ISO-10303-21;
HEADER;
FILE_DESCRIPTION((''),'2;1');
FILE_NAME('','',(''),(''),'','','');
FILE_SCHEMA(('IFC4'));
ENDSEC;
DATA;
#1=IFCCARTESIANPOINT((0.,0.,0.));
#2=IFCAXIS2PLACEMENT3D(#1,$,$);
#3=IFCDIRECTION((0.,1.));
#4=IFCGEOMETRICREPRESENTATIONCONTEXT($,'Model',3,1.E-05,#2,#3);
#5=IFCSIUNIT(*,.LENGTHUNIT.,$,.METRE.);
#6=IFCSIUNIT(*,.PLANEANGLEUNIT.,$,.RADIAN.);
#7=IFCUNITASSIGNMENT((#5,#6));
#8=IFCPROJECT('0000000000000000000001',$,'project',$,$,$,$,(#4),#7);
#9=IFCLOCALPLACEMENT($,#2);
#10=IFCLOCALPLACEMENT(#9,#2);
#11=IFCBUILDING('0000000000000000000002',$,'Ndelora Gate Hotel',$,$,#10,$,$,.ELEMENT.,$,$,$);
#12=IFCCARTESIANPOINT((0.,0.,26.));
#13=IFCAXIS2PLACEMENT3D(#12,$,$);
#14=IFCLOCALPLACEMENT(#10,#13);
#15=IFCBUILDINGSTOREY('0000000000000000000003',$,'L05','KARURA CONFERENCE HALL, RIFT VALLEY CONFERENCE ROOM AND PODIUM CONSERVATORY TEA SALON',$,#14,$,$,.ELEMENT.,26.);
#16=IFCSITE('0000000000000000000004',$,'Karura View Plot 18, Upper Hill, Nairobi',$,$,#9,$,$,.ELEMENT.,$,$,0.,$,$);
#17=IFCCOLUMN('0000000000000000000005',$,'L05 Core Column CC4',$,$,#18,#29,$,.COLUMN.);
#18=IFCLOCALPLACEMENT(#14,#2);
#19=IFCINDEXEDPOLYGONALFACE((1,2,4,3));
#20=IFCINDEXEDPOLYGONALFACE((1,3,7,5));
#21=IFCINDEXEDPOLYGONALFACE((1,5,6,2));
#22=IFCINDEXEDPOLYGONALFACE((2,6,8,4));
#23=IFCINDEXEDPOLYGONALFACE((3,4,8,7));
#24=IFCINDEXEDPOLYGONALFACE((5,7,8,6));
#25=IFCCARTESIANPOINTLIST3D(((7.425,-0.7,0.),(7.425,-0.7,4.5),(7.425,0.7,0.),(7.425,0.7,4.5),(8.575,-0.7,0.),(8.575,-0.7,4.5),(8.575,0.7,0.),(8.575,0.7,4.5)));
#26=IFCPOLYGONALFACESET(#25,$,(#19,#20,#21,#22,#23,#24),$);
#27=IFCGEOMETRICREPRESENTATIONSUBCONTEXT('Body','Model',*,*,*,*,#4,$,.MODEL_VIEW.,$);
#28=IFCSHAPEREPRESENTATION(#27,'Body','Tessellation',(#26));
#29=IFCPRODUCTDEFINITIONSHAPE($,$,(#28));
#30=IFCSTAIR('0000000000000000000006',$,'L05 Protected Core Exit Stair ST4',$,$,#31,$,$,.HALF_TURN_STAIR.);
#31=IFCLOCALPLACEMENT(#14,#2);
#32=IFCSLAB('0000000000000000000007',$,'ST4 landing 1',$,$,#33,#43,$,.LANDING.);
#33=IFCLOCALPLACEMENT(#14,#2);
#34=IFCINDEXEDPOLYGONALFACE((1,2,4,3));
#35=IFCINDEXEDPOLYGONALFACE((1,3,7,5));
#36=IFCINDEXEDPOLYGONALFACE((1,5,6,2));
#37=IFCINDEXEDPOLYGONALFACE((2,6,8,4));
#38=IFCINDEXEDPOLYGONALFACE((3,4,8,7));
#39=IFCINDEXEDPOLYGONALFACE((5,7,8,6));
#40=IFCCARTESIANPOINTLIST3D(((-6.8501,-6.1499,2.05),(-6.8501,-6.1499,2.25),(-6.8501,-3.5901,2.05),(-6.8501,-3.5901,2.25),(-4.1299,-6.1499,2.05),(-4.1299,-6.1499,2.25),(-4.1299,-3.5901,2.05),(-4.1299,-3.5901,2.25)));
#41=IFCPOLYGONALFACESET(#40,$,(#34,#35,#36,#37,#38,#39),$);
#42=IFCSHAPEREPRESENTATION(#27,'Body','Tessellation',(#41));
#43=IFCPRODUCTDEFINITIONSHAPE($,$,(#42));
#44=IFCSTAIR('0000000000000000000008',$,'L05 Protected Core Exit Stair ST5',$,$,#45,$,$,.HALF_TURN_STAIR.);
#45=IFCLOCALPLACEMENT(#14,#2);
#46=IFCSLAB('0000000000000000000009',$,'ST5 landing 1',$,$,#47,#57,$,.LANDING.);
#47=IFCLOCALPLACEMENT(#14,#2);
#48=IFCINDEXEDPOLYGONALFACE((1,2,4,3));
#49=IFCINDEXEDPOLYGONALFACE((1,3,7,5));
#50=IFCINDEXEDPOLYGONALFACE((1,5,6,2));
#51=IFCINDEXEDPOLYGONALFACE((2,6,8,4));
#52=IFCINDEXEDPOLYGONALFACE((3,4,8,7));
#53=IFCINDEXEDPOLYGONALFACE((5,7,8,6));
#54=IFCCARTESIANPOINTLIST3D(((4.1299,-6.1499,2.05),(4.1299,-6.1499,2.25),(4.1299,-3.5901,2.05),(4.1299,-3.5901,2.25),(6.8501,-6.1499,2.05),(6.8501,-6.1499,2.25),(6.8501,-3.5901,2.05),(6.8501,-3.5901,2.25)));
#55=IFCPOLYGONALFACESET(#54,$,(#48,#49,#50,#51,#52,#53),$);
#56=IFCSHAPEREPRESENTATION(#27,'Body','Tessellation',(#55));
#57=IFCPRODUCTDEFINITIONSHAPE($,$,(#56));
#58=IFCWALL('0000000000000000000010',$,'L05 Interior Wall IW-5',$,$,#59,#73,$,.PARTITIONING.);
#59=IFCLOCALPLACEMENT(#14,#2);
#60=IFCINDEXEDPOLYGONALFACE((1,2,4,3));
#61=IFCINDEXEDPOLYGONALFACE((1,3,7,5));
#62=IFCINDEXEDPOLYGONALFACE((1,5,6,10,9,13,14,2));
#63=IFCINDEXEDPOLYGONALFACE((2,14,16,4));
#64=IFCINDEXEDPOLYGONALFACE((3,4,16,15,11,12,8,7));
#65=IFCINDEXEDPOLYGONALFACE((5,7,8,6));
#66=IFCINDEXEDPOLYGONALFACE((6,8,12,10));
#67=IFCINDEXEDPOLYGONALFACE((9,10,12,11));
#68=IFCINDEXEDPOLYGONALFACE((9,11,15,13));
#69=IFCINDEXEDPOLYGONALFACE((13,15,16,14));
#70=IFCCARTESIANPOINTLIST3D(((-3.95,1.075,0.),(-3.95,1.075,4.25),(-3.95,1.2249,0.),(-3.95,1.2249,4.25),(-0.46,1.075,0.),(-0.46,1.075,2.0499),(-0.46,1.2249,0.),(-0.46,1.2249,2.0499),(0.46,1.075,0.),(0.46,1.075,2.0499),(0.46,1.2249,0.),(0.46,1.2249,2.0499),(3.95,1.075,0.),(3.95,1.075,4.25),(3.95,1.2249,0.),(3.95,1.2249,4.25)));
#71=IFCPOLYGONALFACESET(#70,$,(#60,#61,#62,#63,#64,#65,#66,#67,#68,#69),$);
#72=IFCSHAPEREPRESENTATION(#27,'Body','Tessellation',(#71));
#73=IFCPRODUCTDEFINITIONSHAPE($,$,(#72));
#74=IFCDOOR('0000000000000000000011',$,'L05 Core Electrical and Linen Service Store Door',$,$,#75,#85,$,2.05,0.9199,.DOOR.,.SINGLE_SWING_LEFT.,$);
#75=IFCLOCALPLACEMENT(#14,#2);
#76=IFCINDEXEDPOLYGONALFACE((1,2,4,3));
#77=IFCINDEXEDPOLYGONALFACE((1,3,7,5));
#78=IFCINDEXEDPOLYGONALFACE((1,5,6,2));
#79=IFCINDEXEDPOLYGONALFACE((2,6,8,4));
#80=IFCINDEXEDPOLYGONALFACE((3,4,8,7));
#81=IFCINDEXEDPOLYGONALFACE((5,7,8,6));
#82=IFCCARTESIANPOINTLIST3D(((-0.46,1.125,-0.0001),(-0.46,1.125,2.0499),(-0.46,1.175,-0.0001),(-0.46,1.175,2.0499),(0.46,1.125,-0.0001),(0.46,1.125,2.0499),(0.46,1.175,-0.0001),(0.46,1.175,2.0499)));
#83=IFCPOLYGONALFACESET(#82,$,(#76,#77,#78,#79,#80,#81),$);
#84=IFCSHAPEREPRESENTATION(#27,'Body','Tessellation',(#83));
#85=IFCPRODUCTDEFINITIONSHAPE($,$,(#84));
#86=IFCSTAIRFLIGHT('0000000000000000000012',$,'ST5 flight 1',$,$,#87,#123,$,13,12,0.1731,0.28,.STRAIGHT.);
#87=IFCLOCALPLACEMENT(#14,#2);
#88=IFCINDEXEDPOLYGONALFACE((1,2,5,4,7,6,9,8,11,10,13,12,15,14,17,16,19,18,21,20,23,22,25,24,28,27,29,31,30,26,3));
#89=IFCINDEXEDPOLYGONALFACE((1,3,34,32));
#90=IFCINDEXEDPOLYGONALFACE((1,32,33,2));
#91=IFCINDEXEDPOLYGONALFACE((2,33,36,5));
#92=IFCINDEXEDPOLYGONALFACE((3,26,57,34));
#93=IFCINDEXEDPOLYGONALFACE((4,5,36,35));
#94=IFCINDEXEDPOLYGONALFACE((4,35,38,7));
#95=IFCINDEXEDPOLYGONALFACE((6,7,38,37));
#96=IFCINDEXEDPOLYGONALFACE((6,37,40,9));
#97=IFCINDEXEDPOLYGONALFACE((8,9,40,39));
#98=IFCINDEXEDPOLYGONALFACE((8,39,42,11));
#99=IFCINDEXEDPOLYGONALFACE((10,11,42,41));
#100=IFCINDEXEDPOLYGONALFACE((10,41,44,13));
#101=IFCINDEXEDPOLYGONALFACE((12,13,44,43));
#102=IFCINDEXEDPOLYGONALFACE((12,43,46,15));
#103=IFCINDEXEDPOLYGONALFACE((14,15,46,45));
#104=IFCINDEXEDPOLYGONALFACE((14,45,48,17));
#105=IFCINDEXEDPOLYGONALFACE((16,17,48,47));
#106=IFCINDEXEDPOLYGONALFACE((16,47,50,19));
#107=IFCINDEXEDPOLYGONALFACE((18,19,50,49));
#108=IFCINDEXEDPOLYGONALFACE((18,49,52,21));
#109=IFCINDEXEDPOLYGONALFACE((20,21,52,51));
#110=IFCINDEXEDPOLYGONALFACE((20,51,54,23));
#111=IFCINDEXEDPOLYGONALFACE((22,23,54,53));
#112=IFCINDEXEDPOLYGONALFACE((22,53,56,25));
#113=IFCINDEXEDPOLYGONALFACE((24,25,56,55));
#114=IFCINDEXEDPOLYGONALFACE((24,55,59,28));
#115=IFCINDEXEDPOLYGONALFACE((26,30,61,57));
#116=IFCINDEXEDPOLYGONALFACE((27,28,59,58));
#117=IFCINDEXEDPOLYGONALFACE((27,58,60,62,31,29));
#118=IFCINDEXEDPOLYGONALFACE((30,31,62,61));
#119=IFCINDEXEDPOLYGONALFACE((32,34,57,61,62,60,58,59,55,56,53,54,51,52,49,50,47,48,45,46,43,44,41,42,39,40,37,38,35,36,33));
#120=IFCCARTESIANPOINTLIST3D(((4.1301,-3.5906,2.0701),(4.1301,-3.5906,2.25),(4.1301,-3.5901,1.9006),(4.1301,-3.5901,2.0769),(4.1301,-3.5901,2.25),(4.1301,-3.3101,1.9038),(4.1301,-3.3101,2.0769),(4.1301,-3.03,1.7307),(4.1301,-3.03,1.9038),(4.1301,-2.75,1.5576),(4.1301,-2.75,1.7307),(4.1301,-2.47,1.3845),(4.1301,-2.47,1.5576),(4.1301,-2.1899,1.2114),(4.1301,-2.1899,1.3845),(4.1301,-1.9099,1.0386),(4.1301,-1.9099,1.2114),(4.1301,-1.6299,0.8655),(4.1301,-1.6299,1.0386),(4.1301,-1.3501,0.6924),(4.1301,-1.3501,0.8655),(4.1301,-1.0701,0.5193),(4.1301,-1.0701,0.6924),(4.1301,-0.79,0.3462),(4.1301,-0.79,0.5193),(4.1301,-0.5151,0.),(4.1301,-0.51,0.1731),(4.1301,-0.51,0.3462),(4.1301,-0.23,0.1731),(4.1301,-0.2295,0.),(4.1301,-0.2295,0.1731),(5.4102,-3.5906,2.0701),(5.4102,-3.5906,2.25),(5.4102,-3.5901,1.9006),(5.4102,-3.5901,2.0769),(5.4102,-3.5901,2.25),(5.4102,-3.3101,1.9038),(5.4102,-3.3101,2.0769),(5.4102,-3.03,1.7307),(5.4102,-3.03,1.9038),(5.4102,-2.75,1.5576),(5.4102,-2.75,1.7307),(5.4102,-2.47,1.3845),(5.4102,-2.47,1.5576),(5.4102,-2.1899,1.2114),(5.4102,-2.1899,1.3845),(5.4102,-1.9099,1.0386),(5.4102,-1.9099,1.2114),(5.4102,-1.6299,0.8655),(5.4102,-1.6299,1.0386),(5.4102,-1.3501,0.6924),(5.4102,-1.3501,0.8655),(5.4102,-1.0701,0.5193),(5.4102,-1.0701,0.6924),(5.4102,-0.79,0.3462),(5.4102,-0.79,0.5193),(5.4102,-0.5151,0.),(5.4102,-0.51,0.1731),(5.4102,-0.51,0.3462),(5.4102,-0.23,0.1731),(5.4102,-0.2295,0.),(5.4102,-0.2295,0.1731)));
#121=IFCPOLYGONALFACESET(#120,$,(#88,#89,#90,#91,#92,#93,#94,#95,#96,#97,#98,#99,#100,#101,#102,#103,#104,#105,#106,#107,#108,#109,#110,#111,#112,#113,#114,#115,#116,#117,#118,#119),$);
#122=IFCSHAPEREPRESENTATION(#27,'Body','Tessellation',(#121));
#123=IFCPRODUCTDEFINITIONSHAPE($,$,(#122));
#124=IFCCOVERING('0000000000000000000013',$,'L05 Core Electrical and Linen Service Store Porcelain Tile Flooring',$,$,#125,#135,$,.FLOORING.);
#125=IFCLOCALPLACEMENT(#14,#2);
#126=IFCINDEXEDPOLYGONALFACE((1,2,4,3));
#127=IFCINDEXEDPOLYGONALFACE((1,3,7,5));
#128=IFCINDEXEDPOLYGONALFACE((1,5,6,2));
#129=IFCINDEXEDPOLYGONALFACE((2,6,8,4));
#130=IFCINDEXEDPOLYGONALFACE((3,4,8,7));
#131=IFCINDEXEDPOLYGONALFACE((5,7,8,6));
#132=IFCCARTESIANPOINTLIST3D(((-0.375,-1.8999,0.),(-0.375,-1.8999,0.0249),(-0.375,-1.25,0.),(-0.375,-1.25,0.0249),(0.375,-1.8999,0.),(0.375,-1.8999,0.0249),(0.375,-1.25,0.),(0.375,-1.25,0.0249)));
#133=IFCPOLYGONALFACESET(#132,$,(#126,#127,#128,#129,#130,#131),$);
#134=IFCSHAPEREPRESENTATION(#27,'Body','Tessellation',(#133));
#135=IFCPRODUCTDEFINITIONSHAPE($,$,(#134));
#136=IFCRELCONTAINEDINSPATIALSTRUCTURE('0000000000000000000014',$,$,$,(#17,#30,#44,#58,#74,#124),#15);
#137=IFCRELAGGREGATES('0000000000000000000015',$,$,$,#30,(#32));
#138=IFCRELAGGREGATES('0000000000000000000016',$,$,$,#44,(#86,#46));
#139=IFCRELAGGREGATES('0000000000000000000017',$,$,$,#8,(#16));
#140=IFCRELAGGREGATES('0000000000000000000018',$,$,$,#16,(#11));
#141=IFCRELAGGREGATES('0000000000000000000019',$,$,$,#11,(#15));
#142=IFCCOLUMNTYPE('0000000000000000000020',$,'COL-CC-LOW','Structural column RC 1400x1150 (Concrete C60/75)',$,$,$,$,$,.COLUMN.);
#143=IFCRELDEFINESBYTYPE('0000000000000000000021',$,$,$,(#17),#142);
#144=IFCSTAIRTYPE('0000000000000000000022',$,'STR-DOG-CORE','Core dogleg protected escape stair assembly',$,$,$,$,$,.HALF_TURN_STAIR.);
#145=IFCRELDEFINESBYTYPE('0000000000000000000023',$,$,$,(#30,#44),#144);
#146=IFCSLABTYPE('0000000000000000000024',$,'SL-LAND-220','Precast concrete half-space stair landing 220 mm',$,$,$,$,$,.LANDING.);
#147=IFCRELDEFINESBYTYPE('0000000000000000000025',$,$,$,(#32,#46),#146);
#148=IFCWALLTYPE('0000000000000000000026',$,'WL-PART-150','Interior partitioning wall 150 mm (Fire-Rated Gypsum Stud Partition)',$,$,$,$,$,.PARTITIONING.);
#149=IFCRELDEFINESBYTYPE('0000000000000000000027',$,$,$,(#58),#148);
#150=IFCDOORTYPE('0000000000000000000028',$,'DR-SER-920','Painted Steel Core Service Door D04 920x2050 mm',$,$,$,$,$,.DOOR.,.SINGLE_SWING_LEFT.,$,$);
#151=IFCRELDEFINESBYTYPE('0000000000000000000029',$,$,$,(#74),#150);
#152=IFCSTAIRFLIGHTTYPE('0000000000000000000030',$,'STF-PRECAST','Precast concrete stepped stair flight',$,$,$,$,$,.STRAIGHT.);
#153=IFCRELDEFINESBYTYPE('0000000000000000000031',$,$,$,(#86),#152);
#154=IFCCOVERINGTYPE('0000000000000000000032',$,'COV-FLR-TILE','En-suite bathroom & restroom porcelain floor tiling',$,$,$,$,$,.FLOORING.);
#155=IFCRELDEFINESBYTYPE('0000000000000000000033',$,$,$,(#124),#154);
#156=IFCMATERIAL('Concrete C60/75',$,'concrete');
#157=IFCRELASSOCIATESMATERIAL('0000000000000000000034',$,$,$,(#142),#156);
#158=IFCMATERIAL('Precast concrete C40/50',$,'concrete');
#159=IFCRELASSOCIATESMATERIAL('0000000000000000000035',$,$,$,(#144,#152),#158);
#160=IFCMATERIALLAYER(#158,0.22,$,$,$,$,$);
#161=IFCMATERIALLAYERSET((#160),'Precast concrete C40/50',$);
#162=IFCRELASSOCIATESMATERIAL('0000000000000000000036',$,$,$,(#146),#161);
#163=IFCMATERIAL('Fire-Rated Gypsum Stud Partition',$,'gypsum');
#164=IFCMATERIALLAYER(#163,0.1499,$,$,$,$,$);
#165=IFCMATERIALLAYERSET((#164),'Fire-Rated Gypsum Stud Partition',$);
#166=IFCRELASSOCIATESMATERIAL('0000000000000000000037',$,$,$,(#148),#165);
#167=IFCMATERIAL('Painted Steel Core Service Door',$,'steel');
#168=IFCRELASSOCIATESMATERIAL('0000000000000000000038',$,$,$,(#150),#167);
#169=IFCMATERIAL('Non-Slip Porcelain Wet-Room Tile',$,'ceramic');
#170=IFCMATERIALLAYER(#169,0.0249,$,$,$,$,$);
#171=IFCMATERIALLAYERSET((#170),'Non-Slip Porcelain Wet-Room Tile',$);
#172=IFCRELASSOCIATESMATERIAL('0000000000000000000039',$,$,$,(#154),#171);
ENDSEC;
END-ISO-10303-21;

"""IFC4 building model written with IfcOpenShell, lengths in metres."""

from ifc_helpers import new_model, si_unit, direction, frame, frame_2d, origin, origin_2d, place, context, subcontext, project, spatial, polyline, rectangle, outline, extrude, material, layer, layer_set, material_profile, profile_set, type_object, element, fill, aggregate, save


model = new_model("IFC4")

# Units and contexts
model_context = context("Model", 3, precision=1e-05, world=origin(), true_north=direction((0.0, 1.0)))
body_context = subcontext(model_context, "Body", "Model", "MODEL_VIEW")
ifc_project = project(units=[si_unit("LENGTHUNIT", "METRE"), si_unit("PLANEANGLEUNIT", "RADIAN")], contexts=[model_context])

# Site, building, storey
site_placement = place(None, origin())
site = spatial("IfcSite", under=ifc_project, at=site_placement, Name="Karura View Plot 18, Upper Hill, Nairobi", CompositionType="ELEMENT", RefElevation=0.0)
building_placement = place(site_placement, origin())
building = spatial("IfcBuilding", under=site, at=building_placement, Name="Ndelora Gate Hotel", CompositionType="ELEMENT")
storey_placement = place(building_placement, frame((0.0, 0.0, 26.0)))
storey = spatial("IfcBuildingStorey", under=building, at=storey_placement, Name="L05", Description="KARURA CONFERENCE HALL, RIFT VALLEY CONFERENCE ROOM AND PODIUM CONSERVATORY TEA SALON", CompositionType="ELEMENT", Elevation=26.0)

# Column
ifc_material_1 = material(Name="Concrete C60/75", Category="concrete")
ifc_material_profile = material_profile(ifc_material_1, rectangle(XDim=1.1499, YDim=1.3999, at=origin_2d()), Name="RC 1400x1150")
ifc_profile_set = profile_set([ifc_material_profile], Name="Concrete C60/75")
column_type = type_object("IfcColumnType", Name="COL-CC-LOW", Description="Structural column RC 1400x1150 (Concrete C60/75)", PredefinedType="COLUMN", material=ifc_profile_set)
column_placement = place(storey_placement, frame((8.0, 0.0, 0.0), z_axis=(0.0, 0.0, 1.0), x_axis=(1.0, 0.0, 0.0)))
element("IfcColumn", 1, at=column_placement, inside=storey, type_object=column_type, Name="L05 Core Column CC4", PredefinedType="COLUMN", context=body_context, shape_type="SweptSolid", body=[
    extrude(rectangle(XDim=1.1499, YDim=1.3999, at=origin_2d()), origin(), (0.0, 0.0, 1.0), 4.5),
])

# Stairs, slabs
ifc_material_2 = material(Name="Precast concrete C40/50", Category="concrete")
stair_type = type_object("IfcStairType", Name="STR-DOG-CORE", Description="Core dogleg protected escape stair assembly", PredefinedType="HALF_TURN_STAIR", material=ifc_material_2)
stair_1_placement = place(storey_placement, origin())
stair_1 = element("IfcStair", 2, at=stair_1_placement, inside=storey, type_object=stair_type, Name="L05 Protected Core Exit Stair ST4", PredefinedType="HALF_TURN_STAIR")
ifc_layer_1 = layer(ifc_material_2, 0.22)
ifc_layer_set_1 = layer_set([ifc_layer_1], Name="Precast concrete C40/50")
slab_type = type_object("IfcSlabType", Name="SL-LAND-220", Description="Precast concrete half-space stair landing 220 mm", PredefinedType="LANDING", material=ifc_layer_set_1)
slab_1_placement = place(storey_placement, frame((0.0, 0.0, 2.05)))
slab_1 = element("IfcSlab", 3, at=slab_1_placement, type_object=slab_type, Name="ST4 landing 1", PredefinedType="LANDING", context=body_context, shape_type="SweptSolid", body=[
    extrude(outline(polyline([(-6.8501, -3.5901), (-6.8501, -6.1499), (-4.1299, -6.1499), (-4.1299, -3.5901), (-6.8501, -3.5901)])), origin(), (0.0, 0.0, 1.0), 0.2),
])
aggregate(stair_1, [slab_1])
stair_2_placement = place(storey_placement, origin())
stair_2 = element("IfcStair", 4, at=stair_2_placement, inside=storey, type_object=stair_type, Name="L05 Protected Core Exit Stair ST5", PredefinedType="HALF_TURN_STAIR")
slab_2_placement = place(storey_placement, frame((0.0, 0.0, 2.05)))
slab_2 = element("IfcSlab", 5, at=slab_2_placement, type_object=slab_type, Name="ST5 landing 1", PredefinedType="LANDING", context=body_context, shape_type="SweptSolid", body=[
    extrude(outline(polyline([(4.1299, -3.5901), (4.1299, -6.1499), (6.8501, -6.1499), (6.8501, -3.5901), (4.1299, -3.5901)])), origin(), (0.0, 0.0, 1.0), 0.2),
])

# Wall, opening, door
ifc_material_3 = material(Name="Fire-Rated Gypsum Stud Partition", Category="gypsum")
ifc_layer_2 = layer(ifc_material_3, 0.1499)
ifc_layer_set_2 = layer_set([ifc_layer_2], Name="Fire-Rated Gypsum Stud Partition")
wall_type_1 = type_object("IfcWallType", Name="WL-PART-150", Description="Interior partitioning wall 150 mm (Fire-Rated Gypsum Stud Partition)", PredefinedType="PARTITIONING", material=ifc_layer_set_2)
wall_1_placement = place(storey_placement, frame((3.95, 1.1499, 0.0), z_axis=(0.0, 0.0, 1.0), x_axis=(-1.0, 0.0, 0.0)))
wall_1 = element("IfcWall", 6, at=wall_1_placement, inside=storey, type_object=wall_type_1, Name="L05 Interior Wall IW-5", PredefinedType="PARTITIONING", context=body_context, shape_type="SweptSolid", body=[
    extrude(rectangle(XDim=7.8999, YDim=0.1499, at=frame_2d((3.95, 0.0))), origin(), (0.0, 0.0, 1.0), 4.25),
])
opening_1_placement = place(wall_1_placement, frame((3.49, 0.0, 0.0)))
opening_1 = element("IfcOpeningElement", 7, at=opening_1_placement, cuts=wall_1, PredefinedType="OPENING", context=body_context, shape_type="SweptSolid", body=[
    extrude(rectangle(XDim=0.9199, YDim=2.05, at=frame_2d((0.46, 1.0249))), frame((0.0, 0.085, 0.0), z_axis=(0.0, -1.0, 0.0), x_axis=(1.0, 0.0, 0.0)), (0.0, 0.0, 1.0), 0.1699),
])
ifc_material_4 = material(Name="Painted Steel Core Service Door", Category="steel")
door_type_1 = type_object("IfcDoorType", Name="DR-SER-920", Description="Painted Steel Core Service Door D04 920x2050 mm", OperationType="SINGLE_SWING_LEFT", PredefinedType="DOOR", material=ifc_material_4)
door_1_placement = place(opening_1_placement, origin())
door_1 = element("IfcDoor", 8, at=door_1_placement, inside=storey, type_object=door_type_1, Name="L05 Core Electrical and Linen Service Store Door", OperationType="SINGLE_SWING_LEFT", OverallHeight=2.05, OverallWidth=0.9199, PredefinedType="DOOR", context=body_context, shape_type="SweptSolid", body=[
    extrude(rectangle(XDim=0.9199, YDim=2.05, at=frame_2d((0.46, 1.0249))), frame((0.0, 0.0249, 0.0), z_axis=(0.0, -1.0, 0.0), x_axis=(1.0, 0.0, 0.0)), (0.0, 0.0, 1.0), 0.05),
])
fill(opening_1, door_1)

# Stair flight
stair_flight_type = type_object("IfcStairFlightType", Name="STF-PRECAST", Description="Precast concrete stepped stair flight", PredefinedType="STRAIGHT", material=ifc_material_2)
stair_flight_placement = place(storey_placement, frame((4.77, -0.23, 0.0), z_axis=(0.0, 0.0, 1.0), x_axis=(0.0, -1.0, 0.0)))
stair_flight = element("IfcStairFlight", 9, at=stair_flight_placement, type_object=stair_flight_type, Name="ST5 flight 1", NumberOfRisers=13, NumberOfTreads=12, PredefinedType="STRAIGHT", RiserHeight=0.1731, TreadLength=0.28, context=body_context, shape_type="SweptSolid", body=[
    extrude(outline(polyline([(-0.0005, 0.0), (-0.0005, 0.1731), (0.0, 0.1731), (0.28, 0.1731), (0.28, 0.3462), (0.5601, 0.3462), (0.5601, 0.5193), (0.8401, 0.5193), (0.8401, 0.6924), (1.1201, 0.6924), (1.1201, 0.8655), (1.3999, 0.8655), (1.3999, 1.0386), (1.6799, 1.0386), (1.6799, 1.2114), (1.96, 1.2114), (1.96, 1.3845), (2.24, 1.3845), (2.24, 1.5576), (2.52, 1.5576), (2.52, 1.7307), (2.8, 1.7307), (2.8, 1.9038), (3.0801, 1.9038), (3.0801, 2.0769), (3.3601, 2.0769), (3.3601, 2.25), (3.3606, 2.25), (3.3606, 2.0701), (3.3601, 1.9006), (0.2852, 0.0), (-0.0005, 0.0)])), frame((0.0, 0.6401, 0.0), z_axis=(0.0, -1.0, 0.0), x_axis=(1.0, 0.0, 0.0)), (0.0, 0.0, 1.0), 1.28),
])
aggregate(stair_2, [stair_flight, slab_2])

# Covering
ifc_material_5 = material(Name="Non-Slip Porcelain Wet-Room Tile", Category="ceramic")
ifc_layer_3 = layer(ifc_material_5, 0.0249)
ifc_layer_set_3 = layer_set([ifc_layer_3], Name="Non-Slip Porcelain Wet-Room Tile")
covering_type = type_object("IfcCoveringType", Name="COV-FLR-TILE", Description="En-suite bathroom & restroom porcelain floor tiling", PredefinedType="FLOORING", material=ifc_layer_set_3)
covering_placement = place(storey_placement, frame((0.0, -1.575, 0.0), z_axis=(0.0, 0.0, 1.0), x_axis=(1.0, 0.0, 0.0)))
element("IfcCovering", 10, at=covering_placement, inside=storey, type_object=covering_type, Name="L05 Core Electrical and Linen Service Store Porcelain Tile Flooring", PredefinedType="FLOORING", context=body_context, shape_type="SweptSolid", body=[
    extrude(rectangle(XDim=0.75, YDim=0.6499, at=origin_2d()), origin(), (0.0, 0.0, 1.0), 0.0249),
])

save(model, "model.ifc")
